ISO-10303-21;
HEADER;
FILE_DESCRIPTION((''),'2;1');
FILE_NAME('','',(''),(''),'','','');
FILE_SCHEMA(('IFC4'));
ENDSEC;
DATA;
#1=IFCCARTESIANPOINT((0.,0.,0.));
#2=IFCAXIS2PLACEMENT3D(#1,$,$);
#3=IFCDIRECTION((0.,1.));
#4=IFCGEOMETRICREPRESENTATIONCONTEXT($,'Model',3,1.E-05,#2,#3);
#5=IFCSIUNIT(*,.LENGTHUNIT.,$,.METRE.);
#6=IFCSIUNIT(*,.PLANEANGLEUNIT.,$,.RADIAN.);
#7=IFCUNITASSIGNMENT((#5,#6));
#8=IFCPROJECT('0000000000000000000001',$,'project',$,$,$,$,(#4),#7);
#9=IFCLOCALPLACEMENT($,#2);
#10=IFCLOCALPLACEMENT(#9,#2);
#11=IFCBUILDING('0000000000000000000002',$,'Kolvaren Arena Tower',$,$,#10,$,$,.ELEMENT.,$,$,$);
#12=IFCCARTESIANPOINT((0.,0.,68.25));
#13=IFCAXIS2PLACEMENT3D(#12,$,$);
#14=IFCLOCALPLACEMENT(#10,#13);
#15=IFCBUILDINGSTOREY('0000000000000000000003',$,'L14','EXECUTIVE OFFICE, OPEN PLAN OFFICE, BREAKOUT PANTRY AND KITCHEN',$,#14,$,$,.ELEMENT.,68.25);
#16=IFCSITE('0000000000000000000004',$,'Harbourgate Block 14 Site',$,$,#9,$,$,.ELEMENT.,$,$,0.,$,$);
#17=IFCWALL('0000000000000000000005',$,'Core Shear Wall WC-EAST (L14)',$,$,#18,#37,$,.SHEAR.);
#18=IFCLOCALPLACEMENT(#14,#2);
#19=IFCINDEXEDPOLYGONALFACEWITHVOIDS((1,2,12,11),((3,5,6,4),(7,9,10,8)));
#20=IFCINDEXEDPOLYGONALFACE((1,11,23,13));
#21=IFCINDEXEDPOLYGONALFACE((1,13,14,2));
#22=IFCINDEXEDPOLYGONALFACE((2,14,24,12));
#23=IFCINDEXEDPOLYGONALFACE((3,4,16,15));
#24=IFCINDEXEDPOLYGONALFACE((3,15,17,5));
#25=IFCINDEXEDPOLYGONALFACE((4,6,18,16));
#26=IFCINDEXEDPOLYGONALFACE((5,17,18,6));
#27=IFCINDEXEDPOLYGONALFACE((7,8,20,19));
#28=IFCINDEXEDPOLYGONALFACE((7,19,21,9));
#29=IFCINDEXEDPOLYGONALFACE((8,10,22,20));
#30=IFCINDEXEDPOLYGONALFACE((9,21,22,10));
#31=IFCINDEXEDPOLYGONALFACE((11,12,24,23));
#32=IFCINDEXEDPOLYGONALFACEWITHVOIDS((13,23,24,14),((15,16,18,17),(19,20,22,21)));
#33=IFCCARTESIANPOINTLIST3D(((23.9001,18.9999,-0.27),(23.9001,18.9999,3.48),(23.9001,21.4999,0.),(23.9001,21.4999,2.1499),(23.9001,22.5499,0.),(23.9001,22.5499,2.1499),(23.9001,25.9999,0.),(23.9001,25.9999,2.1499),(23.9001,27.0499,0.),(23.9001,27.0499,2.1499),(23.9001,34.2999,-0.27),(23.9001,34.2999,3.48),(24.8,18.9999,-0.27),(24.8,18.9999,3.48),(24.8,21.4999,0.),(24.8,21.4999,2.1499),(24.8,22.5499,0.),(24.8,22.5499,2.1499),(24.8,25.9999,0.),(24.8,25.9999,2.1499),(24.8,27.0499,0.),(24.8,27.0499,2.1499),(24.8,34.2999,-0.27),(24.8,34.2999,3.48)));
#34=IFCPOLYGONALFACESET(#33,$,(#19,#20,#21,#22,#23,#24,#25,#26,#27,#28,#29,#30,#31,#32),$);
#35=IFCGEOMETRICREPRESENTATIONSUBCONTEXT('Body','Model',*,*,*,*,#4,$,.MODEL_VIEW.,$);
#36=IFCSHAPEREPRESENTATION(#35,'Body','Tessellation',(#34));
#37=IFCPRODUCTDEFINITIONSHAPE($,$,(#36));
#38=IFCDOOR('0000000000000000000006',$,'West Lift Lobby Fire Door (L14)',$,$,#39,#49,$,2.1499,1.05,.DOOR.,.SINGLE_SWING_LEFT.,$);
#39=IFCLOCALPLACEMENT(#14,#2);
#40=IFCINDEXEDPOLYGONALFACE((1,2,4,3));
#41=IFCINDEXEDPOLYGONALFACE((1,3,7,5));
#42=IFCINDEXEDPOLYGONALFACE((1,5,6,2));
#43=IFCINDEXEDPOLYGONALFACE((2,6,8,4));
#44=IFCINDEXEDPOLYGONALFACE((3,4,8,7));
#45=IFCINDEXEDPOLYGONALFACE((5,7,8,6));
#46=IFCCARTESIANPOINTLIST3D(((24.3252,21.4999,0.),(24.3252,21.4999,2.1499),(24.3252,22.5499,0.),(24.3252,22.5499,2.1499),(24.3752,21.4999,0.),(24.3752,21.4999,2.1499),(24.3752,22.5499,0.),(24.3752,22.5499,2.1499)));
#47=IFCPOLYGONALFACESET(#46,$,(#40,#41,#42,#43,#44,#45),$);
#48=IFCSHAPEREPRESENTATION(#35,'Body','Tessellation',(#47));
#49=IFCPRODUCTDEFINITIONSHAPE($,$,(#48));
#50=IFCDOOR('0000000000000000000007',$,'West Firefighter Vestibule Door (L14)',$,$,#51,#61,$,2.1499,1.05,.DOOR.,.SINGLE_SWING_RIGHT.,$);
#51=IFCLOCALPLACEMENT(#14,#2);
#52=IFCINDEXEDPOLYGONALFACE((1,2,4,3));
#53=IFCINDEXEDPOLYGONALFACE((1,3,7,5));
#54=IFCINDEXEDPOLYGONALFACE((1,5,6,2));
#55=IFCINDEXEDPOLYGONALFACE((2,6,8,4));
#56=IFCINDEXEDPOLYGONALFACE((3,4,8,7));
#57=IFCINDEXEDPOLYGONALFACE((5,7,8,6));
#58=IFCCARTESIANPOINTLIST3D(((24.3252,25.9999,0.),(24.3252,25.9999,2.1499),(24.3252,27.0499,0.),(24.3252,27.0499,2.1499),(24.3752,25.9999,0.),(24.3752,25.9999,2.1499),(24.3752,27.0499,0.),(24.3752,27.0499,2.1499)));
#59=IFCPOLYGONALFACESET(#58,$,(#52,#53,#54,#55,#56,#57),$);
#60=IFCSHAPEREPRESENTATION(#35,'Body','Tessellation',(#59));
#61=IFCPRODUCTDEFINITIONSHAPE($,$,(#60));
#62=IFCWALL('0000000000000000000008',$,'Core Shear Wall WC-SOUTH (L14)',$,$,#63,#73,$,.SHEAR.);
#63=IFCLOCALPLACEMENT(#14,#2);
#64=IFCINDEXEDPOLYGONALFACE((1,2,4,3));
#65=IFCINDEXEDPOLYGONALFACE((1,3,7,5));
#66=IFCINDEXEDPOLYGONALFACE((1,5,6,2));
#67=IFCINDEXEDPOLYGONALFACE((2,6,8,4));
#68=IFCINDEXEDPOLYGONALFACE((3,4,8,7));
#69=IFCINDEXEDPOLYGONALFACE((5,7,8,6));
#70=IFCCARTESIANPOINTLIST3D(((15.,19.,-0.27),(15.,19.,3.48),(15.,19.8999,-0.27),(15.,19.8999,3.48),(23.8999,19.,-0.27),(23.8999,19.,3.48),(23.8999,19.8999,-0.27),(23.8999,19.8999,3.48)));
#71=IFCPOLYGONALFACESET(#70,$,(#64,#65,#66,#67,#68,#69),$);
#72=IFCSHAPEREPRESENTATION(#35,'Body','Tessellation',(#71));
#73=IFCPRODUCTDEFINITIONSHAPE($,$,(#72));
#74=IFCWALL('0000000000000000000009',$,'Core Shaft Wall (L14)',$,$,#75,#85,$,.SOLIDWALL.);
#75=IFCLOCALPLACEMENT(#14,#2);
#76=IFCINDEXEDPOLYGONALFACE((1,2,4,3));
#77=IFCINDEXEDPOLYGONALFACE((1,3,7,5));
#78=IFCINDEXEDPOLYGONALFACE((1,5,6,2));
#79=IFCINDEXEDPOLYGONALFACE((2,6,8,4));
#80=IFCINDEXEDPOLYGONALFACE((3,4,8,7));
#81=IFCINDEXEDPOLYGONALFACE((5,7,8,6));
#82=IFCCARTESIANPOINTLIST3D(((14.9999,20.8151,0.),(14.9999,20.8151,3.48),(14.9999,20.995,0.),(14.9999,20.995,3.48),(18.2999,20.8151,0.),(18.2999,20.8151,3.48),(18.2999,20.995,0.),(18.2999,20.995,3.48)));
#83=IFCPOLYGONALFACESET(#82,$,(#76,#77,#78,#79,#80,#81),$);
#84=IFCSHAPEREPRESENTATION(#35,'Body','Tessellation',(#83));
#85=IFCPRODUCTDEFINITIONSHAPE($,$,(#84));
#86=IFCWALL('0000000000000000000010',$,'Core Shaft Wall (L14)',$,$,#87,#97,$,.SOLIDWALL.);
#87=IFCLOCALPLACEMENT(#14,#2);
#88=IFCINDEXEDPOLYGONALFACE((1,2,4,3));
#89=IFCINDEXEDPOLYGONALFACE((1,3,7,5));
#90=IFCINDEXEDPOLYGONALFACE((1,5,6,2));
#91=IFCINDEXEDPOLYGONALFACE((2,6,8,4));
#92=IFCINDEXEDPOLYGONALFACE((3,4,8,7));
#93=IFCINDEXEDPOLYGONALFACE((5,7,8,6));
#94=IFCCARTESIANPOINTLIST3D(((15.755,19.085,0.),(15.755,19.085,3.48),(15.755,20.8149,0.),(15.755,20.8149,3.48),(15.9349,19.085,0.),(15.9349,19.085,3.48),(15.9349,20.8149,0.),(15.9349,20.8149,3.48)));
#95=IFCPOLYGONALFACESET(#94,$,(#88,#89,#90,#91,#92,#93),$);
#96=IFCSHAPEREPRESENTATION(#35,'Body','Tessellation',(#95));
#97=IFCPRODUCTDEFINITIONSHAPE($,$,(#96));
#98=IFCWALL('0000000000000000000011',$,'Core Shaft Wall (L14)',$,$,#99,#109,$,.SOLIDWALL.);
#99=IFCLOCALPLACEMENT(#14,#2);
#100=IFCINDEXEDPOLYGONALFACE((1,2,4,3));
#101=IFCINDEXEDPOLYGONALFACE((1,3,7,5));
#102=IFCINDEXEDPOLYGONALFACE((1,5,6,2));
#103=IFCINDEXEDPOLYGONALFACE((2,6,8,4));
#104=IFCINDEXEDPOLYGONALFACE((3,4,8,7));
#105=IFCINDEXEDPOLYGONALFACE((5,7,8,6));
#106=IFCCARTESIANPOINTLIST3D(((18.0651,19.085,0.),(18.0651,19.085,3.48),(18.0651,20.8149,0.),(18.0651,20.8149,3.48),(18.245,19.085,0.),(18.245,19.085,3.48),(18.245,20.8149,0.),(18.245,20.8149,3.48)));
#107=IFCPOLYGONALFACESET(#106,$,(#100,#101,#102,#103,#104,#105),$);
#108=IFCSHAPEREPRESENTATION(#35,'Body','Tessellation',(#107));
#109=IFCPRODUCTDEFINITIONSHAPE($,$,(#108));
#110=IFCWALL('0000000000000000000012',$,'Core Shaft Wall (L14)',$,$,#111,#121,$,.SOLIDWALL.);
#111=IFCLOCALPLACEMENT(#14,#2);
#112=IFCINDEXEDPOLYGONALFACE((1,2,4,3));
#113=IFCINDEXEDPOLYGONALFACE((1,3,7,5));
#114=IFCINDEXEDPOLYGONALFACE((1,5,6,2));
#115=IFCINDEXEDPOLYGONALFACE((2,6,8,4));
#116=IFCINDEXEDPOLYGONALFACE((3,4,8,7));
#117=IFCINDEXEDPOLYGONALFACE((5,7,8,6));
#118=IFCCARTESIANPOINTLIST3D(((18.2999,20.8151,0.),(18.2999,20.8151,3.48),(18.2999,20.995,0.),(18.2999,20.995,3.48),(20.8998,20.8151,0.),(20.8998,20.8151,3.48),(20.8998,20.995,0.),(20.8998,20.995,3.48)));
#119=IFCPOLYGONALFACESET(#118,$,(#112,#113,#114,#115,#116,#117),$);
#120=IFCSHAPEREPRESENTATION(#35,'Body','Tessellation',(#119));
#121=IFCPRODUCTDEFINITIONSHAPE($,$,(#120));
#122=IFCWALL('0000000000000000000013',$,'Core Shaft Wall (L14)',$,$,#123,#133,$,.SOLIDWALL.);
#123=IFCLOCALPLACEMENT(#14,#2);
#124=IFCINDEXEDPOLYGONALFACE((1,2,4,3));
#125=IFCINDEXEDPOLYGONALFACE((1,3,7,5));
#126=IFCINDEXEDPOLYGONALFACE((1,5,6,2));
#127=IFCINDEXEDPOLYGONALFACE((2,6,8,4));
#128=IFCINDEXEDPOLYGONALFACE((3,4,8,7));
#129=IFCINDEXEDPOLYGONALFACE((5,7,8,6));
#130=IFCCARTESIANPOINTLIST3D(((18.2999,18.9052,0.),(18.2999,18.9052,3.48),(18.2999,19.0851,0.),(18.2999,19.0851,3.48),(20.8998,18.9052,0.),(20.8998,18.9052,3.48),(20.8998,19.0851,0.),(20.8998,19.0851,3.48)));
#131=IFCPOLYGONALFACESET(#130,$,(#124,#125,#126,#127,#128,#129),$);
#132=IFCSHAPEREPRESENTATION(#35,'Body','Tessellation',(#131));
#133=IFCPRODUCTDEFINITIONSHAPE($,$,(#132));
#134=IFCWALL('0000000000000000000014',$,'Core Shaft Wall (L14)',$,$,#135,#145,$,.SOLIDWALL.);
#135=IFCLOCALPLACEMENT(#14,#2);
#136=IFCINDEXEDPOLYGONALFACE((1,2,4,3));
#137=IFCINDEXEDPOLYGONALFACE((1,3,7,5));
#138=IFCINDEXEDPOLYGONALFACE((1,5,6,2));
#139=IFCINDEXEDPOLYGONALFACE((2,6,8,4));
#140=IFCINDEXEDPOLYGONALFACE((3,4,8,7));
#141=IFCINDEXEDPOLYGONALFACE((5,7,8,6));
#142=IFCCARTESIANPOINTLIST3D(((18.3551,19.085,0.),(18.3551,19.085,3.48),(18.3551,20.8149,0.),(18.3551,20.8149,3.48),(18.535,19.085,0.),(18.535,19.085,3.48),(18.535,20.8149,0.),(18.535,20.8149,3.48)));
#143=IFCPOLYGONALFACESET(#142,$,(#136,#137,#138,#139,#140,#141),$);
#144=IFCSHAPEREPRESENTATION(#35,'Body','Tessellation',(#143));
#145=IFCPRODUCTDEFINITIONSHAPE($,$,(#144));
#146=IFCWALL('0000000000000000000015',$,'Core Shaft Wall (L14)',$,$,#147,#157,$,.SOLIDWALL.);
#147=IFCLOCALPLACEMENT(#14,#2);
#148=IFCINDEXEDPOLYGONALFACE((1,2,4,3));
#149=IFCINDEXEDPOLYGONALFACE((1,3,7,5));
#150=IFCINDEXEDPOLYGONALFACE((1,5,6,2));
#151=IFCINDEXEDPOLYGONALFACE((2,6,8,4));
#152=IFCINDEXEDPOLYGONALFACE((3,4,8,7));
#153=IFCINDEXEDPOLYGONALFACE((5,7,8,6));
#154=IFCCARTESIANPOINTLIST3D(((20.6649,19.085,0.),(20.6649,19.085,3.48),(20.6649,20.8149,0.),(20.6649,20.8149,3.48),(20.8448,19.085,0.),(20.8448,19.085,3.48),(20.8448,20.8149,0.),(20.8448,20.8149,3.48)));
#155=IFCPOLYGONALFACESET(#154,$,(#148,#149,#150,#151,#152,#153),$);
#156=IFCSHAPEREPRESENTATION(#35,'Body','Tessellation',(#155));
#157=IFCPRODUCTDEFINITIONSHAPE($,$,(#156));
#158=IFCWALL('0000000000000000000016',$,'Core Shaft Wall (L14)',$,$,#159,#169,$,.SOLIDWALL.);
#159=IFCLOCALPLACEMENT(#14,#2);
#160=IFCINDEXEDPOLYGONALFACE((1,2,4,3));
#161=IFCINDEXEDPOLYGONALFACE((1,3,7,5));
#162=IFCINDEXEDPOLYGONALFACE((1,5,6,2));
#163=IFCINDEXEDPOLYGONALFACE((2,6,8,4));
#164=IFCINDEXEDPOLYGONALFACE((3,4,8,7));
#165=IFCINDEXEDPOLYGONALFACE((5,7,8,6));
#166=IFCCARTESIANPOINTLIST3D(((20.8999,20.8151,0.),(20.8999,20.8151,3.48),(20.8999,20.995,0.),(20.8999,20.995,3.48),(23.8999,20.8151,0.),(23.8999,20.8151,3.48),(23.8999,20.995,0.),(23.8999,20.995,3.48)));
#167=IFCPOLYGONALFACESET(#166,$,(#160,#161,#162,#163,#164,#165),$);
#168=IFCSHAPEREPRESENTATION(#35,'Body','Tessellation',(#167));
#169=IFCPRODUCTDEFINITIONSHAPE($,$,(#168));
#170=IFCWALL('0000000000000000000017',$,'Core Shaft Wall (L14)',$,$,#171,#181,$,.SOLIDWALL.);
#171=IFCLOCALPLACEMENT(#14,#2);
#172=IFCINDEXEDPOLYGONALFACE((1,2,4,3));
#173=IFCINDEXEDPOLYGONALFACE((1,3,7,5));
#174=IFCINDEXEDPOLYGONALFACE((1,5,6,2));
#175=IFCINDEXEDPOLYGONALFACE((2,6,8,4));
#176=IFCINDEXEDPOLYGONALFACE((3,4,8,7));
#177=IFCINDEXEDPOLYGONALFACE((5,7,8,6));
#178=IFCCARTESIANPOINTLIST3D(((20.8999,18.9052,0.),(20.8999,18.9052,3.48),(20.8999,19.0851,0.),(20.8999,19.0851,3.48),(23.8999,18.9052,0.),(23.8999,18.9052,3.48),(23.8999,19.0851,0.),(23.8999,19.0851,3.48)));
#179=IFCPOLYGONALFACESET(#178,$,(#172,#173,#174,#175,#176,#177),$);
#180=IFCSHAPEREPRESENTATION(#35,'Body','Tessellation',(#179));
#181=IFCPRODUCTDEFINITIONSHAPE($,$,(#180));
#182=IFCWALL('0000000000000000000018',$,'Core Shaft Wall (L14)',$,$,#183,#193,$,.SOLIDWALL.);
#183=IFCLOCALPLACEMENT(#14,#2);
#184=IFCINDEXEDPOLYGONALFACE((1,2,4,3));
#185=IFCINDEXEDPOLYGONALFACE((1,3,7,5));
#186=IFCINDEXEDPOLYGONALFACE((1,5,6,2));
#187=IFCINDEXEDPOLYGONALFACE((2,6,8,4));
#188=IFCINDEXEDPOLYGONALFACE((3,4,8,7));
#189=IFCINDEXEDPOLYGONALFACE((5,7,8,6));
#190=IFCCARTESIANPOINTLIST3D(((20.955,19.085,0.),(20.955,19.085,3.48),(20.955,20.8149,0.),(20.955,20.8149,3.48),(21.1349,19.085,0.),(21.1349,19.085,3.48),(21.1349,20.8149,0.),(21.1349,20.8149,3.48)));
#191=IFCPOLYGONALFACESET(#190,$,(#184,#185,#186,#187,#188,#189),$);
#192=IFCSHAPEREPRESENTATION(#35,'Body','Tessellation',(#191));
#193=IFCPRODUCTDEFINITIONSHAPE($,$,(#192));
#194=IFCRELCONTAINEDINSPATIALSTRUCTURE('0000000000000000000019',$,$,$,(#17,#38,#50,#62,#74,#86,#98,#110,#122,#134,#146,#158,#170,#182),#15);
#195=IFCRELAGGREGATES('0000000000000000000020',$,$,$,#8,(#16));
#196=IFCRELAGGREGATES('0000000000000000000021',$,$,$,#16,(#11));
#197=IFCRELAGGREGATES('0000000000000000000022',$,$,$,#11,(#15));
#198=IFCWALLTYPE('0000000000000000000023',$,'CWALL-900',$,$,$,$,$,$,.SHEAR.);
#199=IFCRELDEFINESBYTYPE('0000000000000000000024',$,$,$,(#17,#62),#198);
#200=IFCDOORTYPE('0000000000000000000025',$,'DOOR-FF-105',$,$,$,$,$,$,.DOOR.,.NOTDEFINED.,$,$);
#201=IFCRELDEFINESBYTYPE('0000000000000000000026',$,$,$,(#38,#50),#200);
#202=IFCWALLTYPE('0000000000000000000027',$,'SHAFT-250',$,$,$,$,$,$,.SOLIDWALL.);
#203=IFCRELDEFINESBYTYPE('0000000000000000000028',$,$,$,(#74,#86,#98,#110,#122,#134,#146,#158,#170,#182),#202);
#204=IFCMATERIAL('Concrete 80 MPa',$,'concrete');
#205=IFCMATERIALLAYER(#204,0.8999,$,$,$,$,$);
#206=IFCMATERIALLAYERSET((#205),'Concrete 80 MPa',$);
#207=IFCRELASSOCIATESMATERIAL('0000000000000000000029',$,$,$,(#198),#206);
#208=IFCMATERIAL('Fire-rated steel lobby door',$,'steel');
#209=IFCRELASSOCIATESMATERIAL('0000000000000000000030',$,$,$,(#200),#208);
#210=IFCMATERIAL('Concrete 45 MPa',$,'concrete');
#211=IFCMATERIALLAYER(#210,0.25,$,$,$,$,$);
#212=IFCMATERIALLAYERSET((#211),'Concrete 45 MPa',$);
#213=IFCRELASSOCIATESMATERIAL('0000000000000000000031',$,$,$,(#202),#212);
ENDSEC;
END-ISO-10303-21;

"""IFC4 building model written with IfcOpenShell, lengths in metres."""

from ifc_helpers import new_model, si_unit, direction, frame, frame_2d, origin, place, context, subcontext, project, spatial, rectangle, extrude, material, layer, layer_set, type_object, element, fill, save


model = new_model("IFC4")

# Units and contexts
model_context = context("Model", 3, precision=1e-05, world=origin(), true_north=direction((0.0, 1.0)))
body_context = subcontext(model_context, "Body", "Model", "MODEL_VIEW")
ifc_project = project(units=[si_unit("LENGTHUNIT", "METRE"), si_unit("PLANEANGLEUNIT", "RADIAN")], contexts=[model_context])

# Site, building, storey
site_placement = place(None, origin())
site = spatial("IfcSite", under=ifc_project, at=site_placement, Name="Harbourgate Block 14 Site", CompositionType="ELEMENT", RefElevation=0.0)
building_placement = place(site_placement, origin())
building = spatial("IfcBuilding", under=site, at=building_placement, Name="Kolvaren Arena Tower", CompositionType="ELEMENT")
storey_placement = place(building_placement, frame((0.0, 0.0, 68.25)))
storey = spatial("IfcBuildingStorey", under=building, at=storey_placement, Name="L14", Description="EXECUTIVE OFFICE, OPEN PLAN OFFICE, BREAKOUT PANTRY AND KITCHEN", CompositionType="ELEMENT", Elevation=68.25)

# Wall, openings, doors
ifc_material_1 = material(Name="Concrete 80 MPa", Category="concrete")
ifc_layer_1 = layer(ifc_material_1, 0.8999)
ifc_layer_set_1 = layer_set([ifc_layer_1], Name="Concrete 80 MPa")
wall_type_1 = type_object("IfcWallType", Name="CWALL-900", PredefinedType="SHEAR", material=ifc_layer_set_1)
wall_1_placement = place(storey_placement, frame((24.3501, 19.0, -0.27), z_axis=(0.0, 0.0, 1.0), x_axis=(0.0, 1.0, 0.0)))
wall_1 = element("IfcWall", 1, at=wall_1_placement, inside=storey, type_object=wall_type_1, Name="Core Shear Wall WC-EAST (L14)", PredefinedType="SHEAR", context=body_context, shape_type="SweptSolid", body=[
    extrude(rectangle(XDim=15.3, YDim=0.8999, at=frame_2d((7.6499, 0.0))), origin(), (0.0, 0.0, 1.0), 3.75),
])
opening_1_placement = place(wall_1_placement, frame((2.5, 0.0, 0.27)))
opening_1 = element("IfcOpeningElement", 2, at=opening_1_placement, cuts=wall_1, PredefinedType="OPENING", context=body_context, shape_type="SweptSolid", body=[
    extrude(rectangle(XDim=1.05, YDim=2.1499, at=frame_2d((0.5249, 1.075))), frame((0.0, 0.46, 0.0), z_axis=(0.0, -1.0, 0.0), x_axis=(1.0, 0.0, 0.0)), (0.0, 0.0, 1.0), 0.9199),
])
opening_2_placement = place(wall_1_placement, frame((7.0, 0.0, 0.27)))
opening_2 = element("IfcOpeningElement", 3, at=opening_2_placement, cuts=wall_1, PredefinedType="OPENING", context=body_context, shape_type="SweptSolid", body=[
    extrude(rectangle(XDim=1.05, YDim=2.1499, at=frame_2d((0.5249, 1.075))), frame((0.0, 0.46, 0.0), z_axis=(0.0, -1.0, 0.0), x_axis=(1.0, 0.0, 0.0)), (0.0, 0.0, 1.0), 0.9199),
])
ifc_material_2 = material(Name="Fire-rated steel lobby door", Category="steel")
door_type = type_object("IfcDoorType", Name="DOOR-FF-105", OperationType="NOTDEFINED", PredefinedType="DOOR", material=ifc_material_2)
door_1_placement = place(opening_1_placement, origin())
door_1 = element("IfcDoor", 4, at=door_1_placement, inside=storey, type_object=door_type, Name="West Lift Lobby Fire Door (L14)", OperationType="SINGLE_SWING_LEFT", OverallHeight=2.1499, OverallWidth=1.05, PredefinedType="DOOR", context=body_context, shape_type="SweptSolid", body=[
    extrude(rectangle(XDim=1.05, YDim=2.1499, at=frame_2d((0.5249, 1.075))), frame((0.0, 0.0249, 0.0), z_axis=(0.0, -1.0, 0.0), x_axis=(1.0, 0.0, 0.0)), (0.0, 0.0, 1.0), 0.05),
])
fill(opening_1, door_1)
door_2_placement = place(opening_2_placement, origin())
door_2 = element("IfcDoor", 5, at=door_2_placement, inside=storey, type_object=door_type, Name="West Firefighter Vestibule Door (L14)", OperationType="SINGLE_SWING_RIGHT", OverallHeight=2.1499, OverallWidth=1.05, PredefinedType="DOOR", context=body_context, shape_type="SweptSolid", body=[
    extrude(rectangle(XDim=1.05, YDim=2.1499, at=frame_2d((0.5249, 1.075))), frame((0.0, 0.0249, 0.0), z_axis=(0.0, -1.0, 0.0), x_axis=(1.0, 0.0, 0.0)), (0.0, 0.0, 1.0), 0.05),
])
fill(opening_2, door_2)

# Walls
wall_2_placement = place(storey_placement, frame((15.0, 19.45, -0.27), z_axis=(0.0, 0.0, 1.0), x_axis=(1.0, 0.0, 0.0)))
element("IfcWall", 6, at=wall_2_placement, inside=storey, type_object=wall_type_1, Name="Core Shear Wall WC-SOUTH (L14)", PredefinedType="SHEAR", context=body_context, shape_type="SweptSolid", body=[
    extrude(rectangle(XDim=8.8999, YDim=0.8999, at=frame_2d((4.45, 0.0))), origin(), (0.0, 0.0, 1.0), 3.75),
])
ifc_material_3 = material(Name="Concrete 45 MPa", Category="concrete")
ifc_layer_2 = layer(ifc_material_3, 0.25)
ifc_layer_set_2 = layer_set([ifc_layer_2], Name="Concrete 45 MPa")
wall_type_2 = type_object("IfcWallType", Name="SHAFT-250", PredefinedType="SOLIDWALL", material=ifc_layer_set_2)
wall_3_placement = place(storey_placement, frame((15.0, 20.905, 0.0), z_axis=(0.0, 0.0, 1.0), x_axis=(1.0, 0.0, 0.0)))
element("IfcWall", 7, at=wall_3_placement, inside=storey, type_object=wall_type_2, Name="Core Shaft Wall (L14)", PredefinedType="SOLIDWALL", context=body_context, shape_type="SweptSolid", body=[
    extrude(rectangle(XDim=3.3, YDim=0.1799, at=frame_2d((1.6499, 0.0))), origin(), (0.0, 0.0, 1.0), 3.48),
])
for number, where, z_axis, x_axis, name in (
    (8, (15.845, 19.085, 0.0), (0.0, 0.0, 1.0), (0.0, 1.0, 0.0), "Core Shaft Wall (L14)"),
    (9, (18.155, 19.085, 0.0), (0.0, 0.0, 1.0), (0.0, 1.0, 0.0), "Core Shaft Wall (L14)"),
):
    element("IfcWall", number, at=place(storey_placement, frame(where, z_axis=z_axis, x_axis=x_axis)), inside=storey, type_object=wall_type_2, Name=name, PredefinedType="SOLIDWALL", context=body_context, shape_type="SweptSolid", body=[
        extrude(rectangle(XDim=1.73, YDim=0.1799, at=frame_2d((0.865, 0.0))), origin(), (0.0, 0.0, 1.0), 3.48),
    ])
for number, where, z_axis, x_axis, name in (
    (10, (18.3, 20.905, 0.0), (0.0, 0.0, 1.0), (1.0, 0.0, 0.0), "Core Shaft Wall (L14)"),
    (11, (18.3, 18.9951, 0.0), (0.0, 0.0, 1.0), (1.0, 0.0, 0.0), "Core Shaft Wall (L14)"),
):
    element("IfcWall", number, at=place(storey_placement, frame(where, z_axis=z_axis, x_axis=x_axis)), inside=storey, type_object=wall_type_2, Name=name, PredefinedType="SOLIDWALL", context=body_context, shape_type="SweptSolid", body=[
        extrude(rectangle(XDim=2.5999, YDim=0.1799, at=frame_2d((1.2998, 0.0))), origin(), (0.0, 0.0, 1.0), 3.48),
    ])
for number, where, z_axis, x_axis, name in (
    (12, (18.4451, 19.085, 0.0), (0.0, 0.0, 1.0), (0.0, 1.0, 0.0), "Core Shaft Wall (L14)"),
    (13, (20.7549, 19.085, 0.0), (0.0, 0.0, 1.0), (0.0, 1.0, 0.0), "Core Shaft Wall (L14)"),
):
    element("IfcWall", number, at=place(storey_placement, frame(where, z_axis=z_axis, x_axis=x_axis)), inside=storey, type_object=wall_type_2, Name=name, PredefinedType="SOLIDWALL", context=body_context, shape_type="SweptSolid", body=[
        extrude(rectangle(XDim=1.73, YDim=0.1799, at=frame_2d((0.865, 0.0))), origin(), (0.0, 0.0, 1.0), 3.48),
    ])
for number, where, z_axis, x_axis, name in (
    (14, (20.8999, 20.905, 0.0), (0.0, 0.0, 1.0), (1.0, 0.0, 0.0), "Core Shaft Wall (L14)"),
    (15, (20.8999, 18.9951, 0.0), (0.0, 0.0, 1.0), (1.0, 0.0, 0.0), "Core Shaft Wall (L14)"),
):
    element("IfcWall", number, at=place(storey_placement, frame(where, z_axis=z_axis, x_axis=x_axis)), inside=storey, type_object=wall_type_2, Name=name, PredefinedType="SOLIDWALL", context=body_context, shape_type="SweptSolid", body=[
        extrude(rectangle(XDim=3.0, YDim=0.1799, at=frame_2d((1.5, 0.0))), origin(), (0.0, 0.0, 1.0), 3.48),
    ])
for number, where, z_axis, x_axis, name in (
    (16, (21.0449, 19.085, 0.0), (0.0, 0.0, 1.0), (0.0, 1.0, 0.0), "Core Shaft Wall (L14)"),
):
    element("IfcWall", number, at=place(storey_placement, frame(where, z_axis=z_axis, x_axis=x_axis)), inside=storey, type_object=wall_type_2, Name=name, PredefinedType="SOLIDWALL", context=body_context, shape_type="SweptSolid", body=[
        extrude(rectangle(XDim=1.73, YDim=0.1799, at=frame_2d((0.865, 0.0))), origin(), (0.0, 0.0, 1.0), 3.48),
    ])

save(model, "model.ifc")
